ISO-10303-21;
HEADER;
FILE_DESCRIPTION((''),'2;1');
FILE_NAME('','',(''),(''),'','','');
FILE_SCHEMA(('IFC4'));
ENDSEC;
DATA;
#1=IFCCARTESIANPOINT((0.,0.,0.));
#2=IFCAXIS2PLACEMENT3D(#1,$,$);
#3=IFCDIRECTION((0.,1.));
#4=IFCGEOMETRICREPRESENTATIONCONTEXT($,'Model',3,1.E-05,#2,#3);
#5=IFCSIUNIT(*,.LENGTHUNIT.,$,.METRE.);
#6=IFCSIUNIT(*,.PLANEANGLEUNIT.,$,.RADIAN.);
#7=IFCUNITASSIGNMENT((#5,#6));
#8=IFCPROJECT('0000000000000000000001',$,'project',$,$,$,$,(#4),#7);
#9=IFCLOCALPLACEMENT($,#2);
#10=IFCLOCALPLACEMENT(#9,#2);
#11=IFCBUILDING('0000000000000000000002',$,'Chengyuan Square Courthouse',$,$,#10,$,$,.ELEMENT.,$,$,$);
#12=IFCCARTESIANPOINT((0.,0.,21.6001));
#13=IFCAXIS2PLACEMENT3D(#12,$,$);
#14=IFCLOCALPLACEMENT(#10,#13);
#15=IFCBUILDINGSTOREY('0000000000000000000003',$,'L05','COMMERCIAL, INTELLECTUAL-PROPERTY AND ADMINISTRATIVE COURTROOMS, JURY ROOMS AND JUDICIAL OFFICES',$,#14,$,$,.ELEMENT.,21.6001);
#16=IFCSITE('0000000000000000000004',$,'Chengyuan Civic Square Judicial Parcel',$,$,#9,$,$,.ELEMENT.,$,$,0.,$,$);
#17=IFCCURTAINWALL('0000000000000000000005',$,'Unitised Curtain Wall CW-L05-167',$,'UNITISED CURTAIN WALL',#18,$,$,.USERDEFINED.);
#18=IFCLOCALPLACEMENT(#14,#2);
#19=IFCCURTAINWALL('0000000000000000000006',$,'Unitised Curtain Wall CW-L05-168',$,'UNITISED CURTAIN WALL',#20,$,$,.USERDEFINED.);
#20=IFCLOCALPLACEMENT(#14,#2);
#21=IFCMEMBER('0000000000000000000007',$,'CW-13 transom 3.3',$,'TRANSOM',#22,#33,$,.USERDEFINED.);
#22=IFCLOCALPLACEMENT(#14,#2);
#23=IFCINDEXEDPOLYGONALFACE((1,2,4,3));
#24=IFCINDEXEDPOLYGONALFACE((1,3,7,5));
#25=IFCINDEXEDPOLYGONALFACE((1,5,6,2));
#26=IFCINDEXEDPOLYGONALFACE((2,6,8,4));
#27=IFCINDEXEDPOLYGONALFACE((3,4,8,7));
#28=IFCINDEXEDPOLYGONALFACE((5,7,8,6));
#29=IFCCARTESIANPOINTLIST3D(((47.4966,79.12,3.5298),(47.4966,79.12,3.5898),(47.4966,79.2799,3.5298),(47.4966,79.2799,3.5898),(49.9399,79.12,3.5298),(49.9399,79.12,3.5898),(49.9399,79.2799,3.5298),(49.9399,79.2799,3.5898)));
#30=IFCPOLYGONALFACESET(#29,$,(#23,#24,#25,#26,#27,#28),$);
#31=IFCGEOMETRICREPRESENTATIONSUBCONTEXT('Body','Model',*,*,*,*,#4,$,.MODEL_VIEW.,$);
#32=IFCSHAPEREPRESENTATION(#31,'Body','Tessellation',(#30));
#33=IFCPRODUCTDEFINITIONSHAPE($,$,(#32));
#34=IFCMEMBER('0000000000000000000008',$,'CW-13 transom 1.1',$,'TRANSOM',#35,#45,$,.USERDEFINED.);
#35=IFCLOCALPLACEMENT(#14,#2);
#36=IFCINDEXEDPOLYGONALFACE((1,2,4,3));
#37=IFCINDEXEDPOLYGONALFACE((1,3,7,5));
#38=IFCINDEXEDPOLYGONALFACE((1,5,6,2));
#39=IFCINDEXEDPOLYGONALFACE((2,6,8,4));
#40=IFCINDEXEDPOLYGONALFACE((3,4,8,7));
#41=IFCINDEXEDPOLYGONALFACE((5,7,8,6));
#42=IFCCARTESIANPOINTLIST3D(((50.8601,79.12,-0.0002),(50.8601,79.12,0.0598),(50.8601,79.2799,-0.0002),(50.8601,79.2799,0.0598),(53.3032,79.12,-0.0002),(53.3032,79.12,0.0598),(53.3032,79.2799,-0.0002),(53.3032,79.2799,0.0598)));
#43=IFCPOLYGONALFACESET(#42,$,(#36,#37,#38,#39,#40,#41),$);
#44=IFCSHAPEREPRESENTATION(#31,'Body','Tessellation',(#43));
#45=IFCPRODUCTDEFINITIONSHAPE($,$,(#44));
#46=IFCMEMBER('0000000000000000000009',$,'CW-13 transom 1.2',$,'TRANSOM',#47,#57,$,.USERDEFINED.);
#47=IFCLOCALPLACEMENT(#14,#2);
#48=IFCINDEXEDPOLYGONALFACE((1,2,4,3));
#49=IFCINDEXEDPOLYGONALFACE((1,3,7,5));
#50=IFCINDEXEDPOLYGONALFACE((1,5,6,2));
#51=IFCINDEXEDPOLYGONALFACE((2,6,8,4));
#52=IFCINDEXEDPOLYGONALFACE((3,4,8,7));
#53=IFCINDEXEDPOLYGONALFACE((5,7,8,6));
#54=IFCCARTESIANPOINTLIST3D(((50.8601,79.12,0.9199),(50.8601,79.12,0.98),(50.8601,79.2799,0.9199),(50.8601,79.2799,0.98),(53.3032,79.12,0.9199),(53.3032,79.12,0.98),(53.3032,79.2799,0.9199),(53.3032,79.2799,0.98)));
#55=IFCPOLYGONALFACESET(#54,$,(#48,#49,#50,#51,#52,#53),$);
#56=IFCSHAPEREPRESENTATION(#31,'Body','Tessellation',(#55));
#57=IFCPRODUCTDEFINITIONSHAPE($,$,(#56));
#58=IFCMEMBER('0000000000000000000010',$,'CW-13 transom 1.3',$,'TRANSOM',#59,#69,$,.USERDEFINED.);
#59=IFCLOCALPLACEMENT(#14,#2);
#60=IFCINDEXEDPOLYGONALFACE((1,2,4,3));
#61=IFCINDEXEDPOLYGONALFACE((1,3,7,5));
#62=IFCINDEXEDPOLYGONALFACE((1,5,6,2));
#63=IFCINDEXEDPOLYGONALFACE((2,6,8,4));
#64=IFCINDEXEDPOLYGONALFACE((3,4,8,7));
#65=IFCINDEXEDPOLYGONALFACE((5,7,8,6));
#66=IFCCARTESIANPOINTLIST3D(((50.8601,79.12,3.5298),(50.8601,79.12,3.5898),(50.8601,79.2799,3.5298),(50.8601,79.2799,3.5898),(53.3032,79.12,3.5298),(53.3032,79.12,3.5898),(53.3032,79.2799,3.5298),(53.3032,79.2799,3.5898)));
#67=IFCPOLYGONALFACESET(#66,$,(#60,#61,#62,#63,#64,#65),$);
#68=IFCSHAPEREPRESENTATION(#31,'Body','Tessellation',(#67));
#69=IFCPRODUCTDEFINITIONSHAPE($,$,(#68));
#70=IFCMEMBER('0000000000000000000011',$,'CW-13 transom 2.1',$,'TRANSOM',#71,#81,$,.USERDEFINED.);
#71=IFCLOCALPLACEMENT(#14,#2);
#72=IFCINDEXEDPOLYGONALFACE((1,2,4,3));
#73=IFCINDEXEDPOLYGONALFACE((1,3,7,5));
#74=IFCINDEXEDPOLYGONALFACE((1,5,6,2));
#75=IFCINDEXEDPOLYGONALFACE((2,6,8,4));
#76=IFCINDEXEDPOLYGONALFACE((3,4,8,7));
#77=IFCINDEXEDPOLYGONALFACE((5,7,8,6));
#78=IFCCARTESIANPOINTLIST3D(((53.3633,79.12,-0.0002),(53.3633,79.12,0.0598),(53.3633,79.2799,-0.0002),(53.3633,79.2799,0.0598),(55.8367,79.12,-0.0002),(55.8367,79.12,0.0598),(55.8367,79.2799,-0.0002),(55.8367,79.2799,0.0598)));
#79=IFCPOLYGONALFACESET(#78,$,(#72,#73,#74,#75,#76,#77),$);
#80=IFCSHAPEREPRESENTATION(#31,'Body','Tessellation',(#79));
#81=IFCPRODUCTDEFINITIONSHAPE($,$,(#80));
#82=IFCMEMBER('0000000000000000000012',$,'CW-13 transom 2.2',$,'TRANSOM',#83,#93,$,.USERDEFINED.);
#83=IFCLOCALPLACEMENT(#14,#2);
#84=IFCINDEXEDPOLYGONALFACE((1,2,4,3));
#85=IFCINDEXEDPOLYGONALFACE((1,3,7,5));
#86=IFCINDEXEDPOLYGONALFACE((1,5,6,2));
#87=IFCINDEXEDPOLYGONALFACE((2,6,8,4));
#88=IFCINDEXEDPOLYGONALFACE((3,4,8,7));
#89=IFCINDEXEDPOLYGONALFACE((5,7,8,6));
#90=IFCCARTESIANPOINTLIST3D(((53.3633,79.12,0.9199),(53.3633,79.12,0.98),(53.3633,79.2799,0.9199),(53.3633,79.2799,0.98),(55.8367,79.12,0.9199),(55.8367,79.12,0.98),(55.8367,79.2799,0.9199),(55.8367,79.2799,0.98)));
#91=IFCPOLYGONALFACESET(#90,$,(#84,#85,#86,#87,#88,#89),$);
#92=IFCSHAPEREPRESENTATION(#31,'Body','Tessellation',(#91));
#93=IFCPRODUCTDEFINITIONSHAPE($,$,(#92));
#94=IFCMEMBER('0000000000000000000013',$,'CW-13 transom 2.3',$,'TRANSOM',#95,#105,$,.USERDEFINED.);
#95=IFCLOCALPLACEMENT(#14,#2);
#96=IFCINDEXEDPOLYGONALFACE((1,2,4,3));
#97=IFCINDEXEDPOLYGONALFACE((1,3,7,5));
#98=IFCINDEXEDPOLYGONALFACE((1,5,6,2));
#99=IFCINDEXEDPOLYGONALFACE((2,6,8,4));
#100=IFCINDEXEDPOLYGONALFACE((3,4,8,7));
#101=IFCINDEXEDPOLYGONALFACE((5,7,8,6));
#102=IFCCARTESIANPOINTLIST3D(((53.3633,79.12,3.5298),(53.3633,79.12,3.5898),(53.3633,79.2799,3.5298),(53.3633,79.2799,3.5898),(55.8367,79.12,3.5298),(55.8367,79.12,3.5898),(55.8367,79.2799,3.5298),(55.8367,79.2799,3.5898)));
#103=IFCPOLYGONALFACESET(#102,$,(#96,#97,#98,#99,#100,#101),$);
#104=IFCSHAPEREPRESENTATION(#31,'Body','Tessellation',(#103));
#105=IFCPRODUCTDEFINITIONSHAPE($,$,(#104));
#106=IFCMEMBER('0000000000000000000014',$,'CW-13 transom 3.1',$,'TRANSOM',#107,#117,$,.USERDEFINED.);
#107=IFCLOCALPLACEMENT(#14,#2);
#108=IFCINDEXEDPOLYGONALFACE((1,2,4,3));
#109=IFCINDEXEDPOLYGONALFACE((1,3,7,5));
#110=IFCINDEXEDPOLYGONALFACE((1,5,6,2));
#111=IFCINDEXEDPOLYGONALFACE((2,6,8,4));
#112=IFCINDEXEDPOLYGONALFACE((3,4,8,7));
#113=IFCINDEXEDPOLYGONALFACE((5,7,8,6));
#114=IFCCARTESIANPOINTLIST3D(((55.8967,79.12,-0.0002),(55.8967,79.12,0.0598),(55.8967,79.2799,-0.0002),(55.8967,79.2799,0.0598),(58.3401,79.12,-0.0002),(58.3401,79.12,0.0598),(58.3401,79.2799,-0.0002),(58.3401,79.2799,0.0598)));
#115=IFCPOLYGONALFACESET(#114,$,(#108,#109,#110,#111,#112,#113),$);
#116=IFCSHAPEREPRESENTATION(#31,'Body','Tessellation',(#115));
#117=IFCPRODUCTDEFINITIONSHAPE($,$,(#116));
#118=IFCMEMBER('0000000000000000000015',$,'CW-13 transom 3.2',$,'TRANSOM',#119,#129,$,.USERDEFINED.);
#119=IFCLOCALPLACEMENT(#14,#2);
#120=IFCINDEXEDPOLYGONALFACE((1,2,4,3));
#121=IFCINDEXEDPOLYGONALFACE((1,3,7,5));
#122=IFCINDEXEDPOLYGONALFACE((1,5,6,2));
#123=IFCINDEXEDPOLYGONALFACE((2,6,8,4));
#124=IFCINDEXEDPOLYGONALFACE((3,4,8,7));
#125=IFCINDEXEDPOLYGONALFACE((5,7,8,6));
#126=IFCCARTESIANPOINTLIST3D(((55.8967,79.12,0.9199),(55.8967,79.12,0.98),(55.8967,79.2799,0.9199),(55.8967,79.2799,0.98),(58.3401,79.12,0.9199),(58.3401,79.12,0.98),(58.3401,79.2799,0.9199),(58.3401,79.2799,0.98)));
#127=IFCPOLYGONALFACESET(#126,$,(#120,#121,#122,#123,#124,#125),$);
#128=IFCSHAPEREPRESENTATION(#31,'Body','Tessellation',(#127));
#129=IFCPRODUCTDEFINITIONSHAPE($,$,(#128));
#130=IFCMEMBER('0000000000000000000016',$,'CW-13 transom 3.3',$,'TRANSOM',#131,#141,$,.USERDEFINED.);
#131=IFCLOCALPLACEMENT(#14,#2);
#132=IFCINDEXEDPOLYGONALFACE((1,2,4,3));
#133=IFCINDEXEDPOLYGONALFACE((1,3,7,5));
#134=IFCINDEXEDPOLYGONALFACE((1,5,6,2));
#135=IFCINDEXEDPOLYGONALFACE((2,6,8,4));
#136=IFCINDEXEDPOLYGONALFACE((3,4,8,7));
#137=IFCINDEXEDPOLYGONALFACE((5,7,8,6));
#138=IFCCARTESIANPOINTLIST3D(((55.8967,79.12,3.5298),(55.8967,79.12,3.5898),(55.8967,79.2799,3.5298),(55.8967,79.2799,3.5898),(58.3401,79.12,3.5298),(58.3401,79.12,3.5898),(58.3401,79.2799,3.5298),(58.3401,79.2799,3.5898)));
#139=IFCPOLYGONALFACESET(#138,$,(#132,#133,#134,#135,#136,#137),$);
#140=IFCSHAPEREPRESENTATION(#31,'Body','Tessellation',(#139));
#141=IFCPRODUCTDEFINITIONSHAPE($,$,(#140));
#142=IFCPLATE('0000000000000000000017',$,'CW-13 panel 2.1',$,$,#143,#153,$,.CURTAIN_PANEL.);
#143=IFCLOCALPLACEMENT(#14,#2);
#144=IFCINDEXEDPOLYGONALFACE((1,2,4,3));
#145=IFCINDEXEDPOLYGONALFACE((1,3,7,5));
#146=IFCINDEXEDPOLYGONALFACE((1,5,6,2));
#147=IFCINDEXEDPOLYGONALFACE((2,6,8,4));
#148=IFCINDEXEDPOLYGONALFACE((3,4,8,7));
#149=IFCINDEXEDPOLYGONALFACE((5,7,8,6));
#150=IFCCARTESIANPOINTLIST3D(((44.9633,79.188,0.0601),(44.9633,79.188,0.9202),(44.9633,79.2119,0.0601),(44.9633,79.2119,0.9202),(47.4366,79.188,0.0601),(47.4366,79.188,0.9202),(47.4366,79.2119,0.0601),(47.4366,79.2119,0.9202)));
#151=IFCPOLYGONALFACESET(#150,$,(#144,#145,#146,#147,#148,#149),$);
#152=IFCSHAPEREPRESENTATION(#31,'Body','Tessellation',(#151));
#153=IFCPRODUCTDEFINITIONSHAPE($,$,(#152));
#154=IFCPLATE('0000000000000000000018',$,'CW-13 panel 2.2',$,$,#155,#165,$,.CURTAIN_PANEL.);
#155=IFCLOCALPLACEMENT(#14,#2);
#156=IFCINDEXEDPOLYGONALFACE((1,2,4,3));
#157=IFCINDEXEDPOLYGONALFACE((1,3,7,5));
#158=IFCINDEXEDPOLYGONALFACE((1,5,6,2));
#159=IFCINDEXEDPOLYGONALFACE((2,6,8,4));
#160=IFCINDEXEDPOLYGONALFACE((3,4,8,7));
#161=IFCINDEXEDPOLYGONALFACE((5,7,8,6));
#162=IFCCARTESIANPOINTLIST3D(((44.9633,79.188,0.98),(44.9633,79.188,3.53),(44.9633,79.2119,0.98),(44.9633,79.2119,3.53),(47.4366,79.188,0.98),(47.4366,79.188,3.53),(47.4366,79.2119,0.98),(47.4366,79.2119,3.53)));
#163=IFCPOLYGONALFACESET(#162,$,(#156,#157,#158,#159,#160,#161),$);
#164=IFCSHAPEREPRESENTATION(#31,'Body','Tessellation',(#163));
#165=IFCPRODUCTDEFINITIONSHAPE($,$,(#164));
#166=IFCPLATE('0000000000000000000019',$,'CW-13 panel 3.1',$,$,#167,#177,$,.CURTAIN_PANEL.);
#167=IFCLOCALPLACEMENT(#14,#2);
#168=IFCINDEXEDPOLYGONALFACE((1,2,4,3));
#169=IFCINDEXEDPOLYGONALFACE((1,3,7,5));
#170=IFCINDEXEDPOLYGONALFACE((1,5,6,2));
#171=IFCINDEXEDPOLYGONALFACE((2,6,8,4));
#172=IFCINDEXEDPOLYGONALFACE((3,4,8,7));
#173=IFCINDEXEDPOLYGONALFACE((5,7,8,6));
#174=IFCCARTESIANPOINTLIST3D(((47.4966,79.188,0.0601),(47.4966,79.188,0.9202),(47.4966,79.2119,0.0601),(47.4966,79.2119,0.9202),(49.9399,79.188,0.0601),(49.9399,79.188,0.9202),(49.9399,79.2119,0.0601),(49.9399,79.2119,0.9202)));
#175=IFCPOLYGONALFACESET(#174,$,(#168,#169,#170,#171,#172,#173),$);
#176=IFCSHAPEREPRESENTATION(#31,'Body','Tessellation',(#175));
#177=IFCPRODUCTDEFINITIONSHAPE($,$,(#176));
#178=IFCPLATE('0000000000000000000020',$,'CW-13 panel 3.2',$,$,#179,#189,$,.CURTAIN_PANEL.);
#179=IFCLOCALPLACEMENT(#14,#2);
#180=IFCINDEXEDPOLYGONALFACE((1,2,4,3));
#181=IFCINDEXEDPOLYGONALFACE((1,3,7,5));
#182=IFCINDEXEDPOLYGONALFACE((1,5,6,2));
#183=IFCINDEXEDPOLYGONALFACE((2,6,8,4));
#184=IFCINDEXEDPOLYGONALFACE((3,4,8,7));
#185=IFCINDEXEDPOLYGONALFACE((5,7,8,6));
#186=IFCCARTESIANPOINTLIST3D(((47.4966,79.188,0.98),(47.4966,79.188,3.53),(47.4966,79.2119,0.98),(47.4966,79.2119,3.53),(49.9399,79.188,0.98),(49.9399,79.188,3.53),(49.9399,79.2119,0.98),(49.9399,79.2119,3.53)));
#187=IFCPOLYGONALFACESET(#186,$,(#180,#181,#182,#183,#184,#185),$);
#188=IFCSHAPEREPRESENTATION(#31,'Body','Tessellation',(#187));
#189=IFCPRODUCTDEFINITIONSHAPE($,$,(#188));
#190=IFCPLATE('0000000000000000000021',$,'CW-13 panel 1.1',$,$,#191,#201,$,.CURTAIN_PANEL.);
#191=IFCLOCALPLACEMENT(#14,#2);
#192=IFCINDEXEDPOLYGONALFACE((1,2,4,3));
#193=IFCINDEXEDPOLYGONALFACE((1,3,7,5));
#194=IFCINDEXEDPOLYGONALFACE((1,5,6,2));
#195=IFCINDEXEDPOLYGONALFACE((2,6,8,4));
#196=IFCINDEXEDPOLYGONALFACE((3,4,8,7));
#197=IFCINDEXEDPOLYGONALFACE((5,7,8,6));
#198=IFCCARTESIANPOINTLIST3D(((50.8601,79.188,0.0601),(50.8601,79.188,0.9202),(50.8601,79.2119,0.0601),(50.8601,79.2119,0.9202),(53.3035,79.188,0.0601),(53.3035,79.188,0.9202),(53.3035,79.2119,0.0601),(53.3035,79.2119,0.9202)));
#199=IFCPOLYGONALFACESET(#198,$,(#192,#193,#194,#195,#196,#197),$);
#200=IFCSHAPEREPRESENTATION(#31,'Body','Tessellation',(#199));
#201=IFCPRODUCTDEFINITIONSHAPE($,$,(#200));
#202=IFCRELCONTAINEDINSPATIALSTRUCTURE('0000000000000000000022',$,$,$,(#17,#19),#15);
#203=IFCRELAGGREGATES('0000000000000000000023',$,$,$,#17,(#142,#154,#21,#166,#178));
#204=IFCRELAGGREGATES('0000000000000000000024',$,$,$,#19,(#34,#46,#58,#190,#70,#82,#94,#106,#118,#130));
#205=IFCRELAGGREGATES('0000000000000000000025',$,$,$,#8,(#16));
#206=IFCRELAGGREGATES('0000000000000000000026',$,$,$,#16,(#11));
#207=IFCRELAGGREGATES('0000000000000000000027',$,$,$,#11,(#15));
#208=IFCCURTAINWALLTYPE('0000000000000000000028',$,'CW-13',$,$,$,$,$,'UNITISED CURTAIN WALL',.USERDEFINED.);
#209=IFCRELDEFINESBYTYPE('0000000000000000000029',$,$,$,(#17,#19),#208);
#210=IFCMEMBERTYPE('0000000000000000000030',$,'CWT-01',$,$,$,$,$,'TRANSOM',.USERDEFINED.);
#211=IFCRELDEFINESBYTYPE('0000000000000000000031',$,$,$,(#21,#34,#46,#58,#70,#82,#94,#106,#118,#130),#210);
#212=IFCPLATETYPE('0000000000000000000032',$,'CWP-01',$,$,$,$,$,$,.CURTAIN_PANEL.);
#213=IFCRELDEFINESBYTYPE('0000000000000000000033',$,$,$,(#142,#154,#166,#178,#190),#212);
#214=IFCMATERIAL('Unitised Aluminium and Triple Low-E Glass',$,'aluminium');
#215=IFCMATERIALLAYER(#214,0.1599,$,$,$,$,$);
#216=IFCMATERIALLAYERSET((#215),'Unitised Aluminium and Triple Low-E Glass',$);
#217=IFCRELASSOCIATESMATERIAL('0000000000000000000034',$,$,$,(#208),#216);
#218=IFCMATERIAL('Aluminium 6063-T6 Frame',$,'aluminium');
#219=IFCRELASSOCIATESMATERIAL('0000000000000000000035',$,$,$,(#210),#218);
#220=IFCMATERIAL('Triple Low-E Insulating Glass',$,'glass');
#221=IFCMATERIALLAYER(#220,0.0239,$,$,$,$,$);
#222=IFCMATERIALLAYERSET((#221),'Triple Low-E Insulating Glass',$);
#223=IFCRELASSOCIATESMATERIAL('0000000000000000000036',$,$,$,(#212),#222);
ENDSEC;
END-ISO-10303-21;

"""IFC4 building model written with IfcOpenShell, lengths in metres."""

from ifc_helpers import new_model, si_unit, direction, frame, origin, origin_2d, place, context, subcontext, project, spatial, rectangle, extrude, material, layer, layer_set, material_profile, profile_set, type_object, element, aggregate, save


model = new_model("IFC4")

# Units and contexts
model_context = context("Model", 3, precision=1e-05, world=origin(), true_north=direction((0.0, 1.0)))
body_context = subcontext(model_context, "Body", "Model", "MODEL_VIEW")
ifc_project = project(units=[si_unit("LENGTHUNIT", "METRE"), si_unit("PLANEANGLEUNIT", "RADIAN")], contexts=[model_context])

# Site, building, storey
site_placement = place(None, origin())
site = spatial("IfcSite", under=ifc_project, at=site_placement, Name="Chengyuan Civic Square Judicial Parcel", CompositionType="ELEMENT", RefElevation=0.0)
building_placement = place(site_placement, origin())
building = spatial("IfcBuilding", under=site, at=building_placement, Name="Chengyuan Square Courthouse", CompositionType="ELEMENT")
storey_placement = place(building_placement, frame((0.0, 0.0, 21.6001)))
storey = spatial("IfcBuildingStorey", under=building, at=storey_placement, Name="L05", Description="COMMERCIAL, INTELLECTUAL-PROPERTY AND ADMINISTRATIVE COURTROOMS, JURY ROOMS AND JUDICIAL OFFICES", CompositionType="ELEMENT", Elevation=21.6001)

# Curtain walls
ifc_material_1 = material(Name="Unitised Aluminium and Triple Low-E Glass", Category="aluminium")
ifc_layer_1 = layer(ifc_material_1, 0.1599)
ifc_layer_set_1 = layer_set([ifc_layer_1], Name="Unitised Aluminium and Triple Low-E Glass")
curtain_wall_type = type_object("IfcCurtainWallType", Name="CW-13", ElementType="UNITISED CURTAIN WALL", PredefinedType="USERDEFINED", material=ifc_layer_set_1)
curtain_wall_1_placement = place(storey_placement, origin())
curtain_wall_1 = element("IfcCurtainWall", 1, at=curtain_wall_1_placement, inside=storey, type_object=curtain_wall_type, Name="Unitised Curtain Wall CW-L05-167", ObjectType="UNITISED CURTAIN WALL", PredefinedType="USERDEFINED")
ifc_material_2 = material(Name="Aluminium 6063-T6 Frame", Category="aluminium")
curtain_wall_2_placement = place(storey_placement, origin())
curtain_wall_2 = element("IfcCurtainWall", 2, at=curtain_wall_2_placement, inside=storey, type_object=curtain_wall_type, Name="Unitised Curtain Wall CW-L05-168", ObjectType="UNITISED CURTAIN WALL", PredefinedType="USERDEFINED")

# Members
ifc_material_profile_1 = material_profile(ifc_material_2, rectangle(XDim=0.1599, YDim=0.0601, at=origin_2d()), Name="CW-TRN-60x120")
ifc_profile_set_1 = profile_set([ifc_material_profile_1], Name="Aluminium 6063-T6 Frame")
member_type_1 = type_object("IfcMemberType", Name="CWT-01", ElementType="TRANSOM", PredefinedType="USERDEFINED", material=ifc_profile_set_1)
member_1_placement = place(storey_placement, frame((47.4966, 79.2, 3.5598), z_axis=(1.0, 0.0, 0.0), x_axis=(0.0, 1.0, 0.0)))
member_1 = element("IfcMember", 3, at=member_1_placement, type_object=member_type_1, Name="CW-13 transom 3.3", ObjectType="TRANSOM", PredefinedType="USERDEFINED", context=body_context, shape_type="SweptSolid", body=[
    extrude(rectangle(XDim=0.1599, YDim=0.0601, at=origin_2d()), origin(), (0.0, 0.0, 1.0), 2.4434),
])
member_2_placement = place(storey_placement, frame((50.8601, 79.2, 0.0298), z_axis=(1.0, 0.0, 0.0), x_axis=(0.0, 1.0, 0.0)))
member_2 = element("IfcMember", 4, at=member_2_placement, type_object=member_type_1, Name="CW-13 transom 1.1", ObjectType="TRANSOM", PredefinedType="USERDEFINED", context=body_context, shape_type="SweptSolid", body=[
    extrude(rectangle(XDim=0.1599, YDim=0.0601, at=origin_2d()), origin(), (0.0, 0.0, 1.0), 2.4431),
])
member_3_placement = place(storey_placement, frame((50.8601, 79.2, 0.95), z_axis=(1.0, 0.0, 0.0), x_axis=(0.0, 1.0, 0.0)))
member_3 = element("IfcMember", 5, at=member_3_placement, type_object=member_type_1, Name="CW-13 transom 1.2", ObjectType="TRANSOM", PredefinedType="USERDEFINED", context=body_context, shape_type="SweptSolid", body=[
    extrude(rectangle(XDim=0.1599, YDim=0.0601, at=origin_2d()), origin(), (0.0, 0.0, 1.0), 2.4431),
])
member_4_placement = place(storey_placement, frame((50.8601, 79.2, 3.5598), z_axis=(1.0, 0.0, 0.0), x_axis=(0.0, 1.0, 0.0)))
member_4 = element("IfcMember", 6, at=member_4_placement, type_object=member_type_1, Name="CW-13 transom 1.3", ObjectType="TRANSOM", PredefinedType="USERDEFINED", context=body_context, shape_type="SweptSolid", body=[
    extrude(rectangle(XDim=0.1599, YDim=0.0601, at=origin_2d()), origin(), (0.0, 0.0, 1.0), 2.4431),
])
member_5_placement = place(storey_placement, frame((53.3633, 79.2, 0.0298), z_axis=(1.0, 0.0, 0.0), x_axis=(0.0, 1.0, 0.0)))
member_5 = element("IfcMember", 7, at=member_5_placement, type_object=member_type_1, Name="CW-13 transom 2.1", ObjectType="TRANSOM", PredefinedType="USERDEFINED", context=body_context, shape_type="SweptSolid", body=[
    extrude(rectangle(XDim=0.1599, YDim=0.0601, at=origin_2d()), origin(), (0.0, 0.0, 1.0), 2.4734),
])
member_6_placement = place(storey_placement, frame((53.3633, 79.2, 0.95), z_axis=(1.0, 0.0, 0.0), x_axis=(0.0, 1.0, 0.0)))
member_6 = element("IfcMember", 8, at=member_6_placement, type_object=member_type_1, Name="CW-13 transom 2.2", ObjectType="TRANSOM", PredefinedType="USERDEFINED", context=body_context, shape_type="SweptSolid", body=[
    extrude(rectangle(XDim=0.1599, YDim=0.0601, at=origin_2d()), origin(), (0.0, 0.0, 1.0), 2.4734),
])
member_7_placement = place(storey_placement, frame((53.3633, 79.2, 3.5598), z_axis=(1.0, 0.0, 0.0), x_axis=(0.0, 1.0, 0.0)))
member_7 = element("IfcMember", 9, at=member_7_placement, type_object=member_type_1, Name="CW-13 transom 2.3", ObjectType="TRANSOM", PredefinedType="USERDEFINED", context=body_context, shape_type="SweptSolid", body=[
    extrude(rectangle(XDim=0.1599, YDim=0.0601, at=origin_2d()), origin(), (0.0, 0.0, 1.0), 2.4734),
])
member_8_placement = place(storey_placement, frame((55.8967, 79.2, 0.0298), z_axis=(1.0, 0.0, 0.0), x_axis=(0.0, 1.0, 0.0)))
member_8 = element("IfcMember", 10, at=member_8_placement, type_object=member_type_1, Name="CW-13 transom 3.1", ObjectType="TRANSOM", PredefinedType="USERDEFINED", context=body_context, shape_type="SweptSolid", body=[
    extrude(rectangle(XDim=0.1599, YDim=0.0601, at=origin_2d()), origin(), (0.0, 0.0, 1.0), 2.4434),
])
member_9_placement = place(storey_placement, frame((55.8967, 79.2, 0.95), z_axis=(1.0, 0.0, 0.0), x_axis=(0.0, 1.0, 0.0)))
member_9 = element("IfcMember", 11, at=member_9_placement, type_object=member_type_1, Name="CW-13 transom 3.2", ObjectType="TRANSOM", PredefinedType="USERDEFINED", context=body_context, shape_type="SweptSolid", body=[
    extrude(rectangle(XDim=0.1599, YDim=0.0601, at=origin_2d()), origin(), (0.0, 0.0, 1.0), 2.4434),
])
member_10_placement = place(storey_placement, frame((55.8967, 79.2, 3.5598), z_axis=(1.0, 0.0, 0.0), x_axis=(0.0, 1.0, 0.0)))
member_10 = element("IfcMember", 12, at=member_10_placement, type_object=member_type_1, Name="CW-13 transom 3.3", ObjectType="TRANSOM", PredefinedType="USERDEFINED", context=body_context, shape_type="SweptSolid", body=[
    extrude(rectangle(XDim=0.1599, YDim=0.0601, at=origin_2d()), origin(), (0.0, 0.0, 1.0), 2.4434),
])

# Plates
ifc_material_3 = material(Name="Triple Low-E Insulating Glass", Category="glass")
ifc_layer_2 = layer(ifc_material_3, 0.0239)
ifc_layer_set_2 = layer_set([ifc_layer_2], Name="Triple Low-E Insulating Glass")
plate_type = type_object("IfcPlateType", Name="CWP-01", PredefinedType="CURTAIN_PANEL", material=ifc_layer_set_2)
plate_1_placement = place(storey_placement, frame((46.2, 79.2, 0.0601), z_axis=(0.0, 0.0, 1.0), x_axis=(1.0, 0.0, 0.0)))
plate_1 = element("IfcPlate", 13, at=plate_1_placement, type_object=plate_type, Name="CW-13 panel 2.1", PredefinedType="CURTAIN_PANEL", context=body_context, shape_type="SweptSolid", body=[
    extrude(rectangle(XDim=2.4734, YDim=0.0239, at=origin_2d()), origin(), (0.0, 0.0, 1.0), 0.8601),
])
plate_2_placement = place(storey_placement, frame((46.2, 79.2, 0.98), z_axis=(0.0, 0.0, 1.0), x_axis=(1.0, 0.0, 0.0)))
plate_2 = element("IfcPlate", 14, at=plate_2_placement, type_object=plate_type, Name="CW-13 panel 2.2", PredefinedType="CURTAIN_PANEL", context=body_context, shape_type="SweptSolid", body=[
    extrude(rectangle(XDim=2.4734, YDim=0.0239, at=origin_2d()), origin(), (0.0, 0.0, 1.0), 2.55),
])
plate_3_placement = place(storey_placement, frame((48.7183, 79.2, 0.0601), z_axis=(0.0, 0.0, 1.0), x_axis=(1.0, 0.0, 0.0)))
plate_3 = element("IfcPlate", 15, at=plate_3_placement, type_object=plate_type, Name="CW-13 panel 3.1", PredefinedType="CURTAIN_PANEL", context=body_context, shape_type="SweptSolid", body=[
    extrude(rectangle(XDim=2.4434, YDim=0.0239, at=origin_2d()), origin(), (0.0, 0.0, 1.0), 0.8601),
])
plate_4_placement = place(storey_placement, frame((48.7183, 79.2, 0.98), z_axis=(0.0, 0.0, 1.0), x_axis=(1.0, 0.0, 0.0)))
plate_4 = element("IfcPlate", 16, at=plate_4_placement, type_object=plate_type, Name="CW-13 panel 3.2", PredefinedType="CURTAIN_PANEL", context=body_context, shape_type="SweptSolid", body=[
    extrude(rectangle(XDim=2.4434, YDim=0.0239, at=origin_2d()), origin(), (0.0, 0.0, 1.0), 2.55),
])
aggregate(curtain_wall_1, [plate_1, plate_2, member_1, plate_3, plate_4])
plate_5_placement = place(storey_placement, frame((52.0818, 79.2, 0.0601), z_axis=(0.0, 0.0, 1.0), x_axis=(1.0, 0.0, 0.0)))
plate_5 = element("IfcPlate", 17, at=plate_5_placement, type_object=plate_type, Name="CW-13 panel 1.1", PredefinedType="CURTAIN_PANEL", context=body_context, shape_type="SweptSolid", body=[
    extrude(rectangle(XDim=2.4434, YDim=0.0239, at=origin_2d()), origin(), (0.0, 0.0, 1.0), 0.8601),
])
aggregate(curtain_wall_2, [member_2, member_3, member_4, plate_5, member_5, member_6, member_7, member_8, member_9, member_10])

save(model, "model.ifc")
